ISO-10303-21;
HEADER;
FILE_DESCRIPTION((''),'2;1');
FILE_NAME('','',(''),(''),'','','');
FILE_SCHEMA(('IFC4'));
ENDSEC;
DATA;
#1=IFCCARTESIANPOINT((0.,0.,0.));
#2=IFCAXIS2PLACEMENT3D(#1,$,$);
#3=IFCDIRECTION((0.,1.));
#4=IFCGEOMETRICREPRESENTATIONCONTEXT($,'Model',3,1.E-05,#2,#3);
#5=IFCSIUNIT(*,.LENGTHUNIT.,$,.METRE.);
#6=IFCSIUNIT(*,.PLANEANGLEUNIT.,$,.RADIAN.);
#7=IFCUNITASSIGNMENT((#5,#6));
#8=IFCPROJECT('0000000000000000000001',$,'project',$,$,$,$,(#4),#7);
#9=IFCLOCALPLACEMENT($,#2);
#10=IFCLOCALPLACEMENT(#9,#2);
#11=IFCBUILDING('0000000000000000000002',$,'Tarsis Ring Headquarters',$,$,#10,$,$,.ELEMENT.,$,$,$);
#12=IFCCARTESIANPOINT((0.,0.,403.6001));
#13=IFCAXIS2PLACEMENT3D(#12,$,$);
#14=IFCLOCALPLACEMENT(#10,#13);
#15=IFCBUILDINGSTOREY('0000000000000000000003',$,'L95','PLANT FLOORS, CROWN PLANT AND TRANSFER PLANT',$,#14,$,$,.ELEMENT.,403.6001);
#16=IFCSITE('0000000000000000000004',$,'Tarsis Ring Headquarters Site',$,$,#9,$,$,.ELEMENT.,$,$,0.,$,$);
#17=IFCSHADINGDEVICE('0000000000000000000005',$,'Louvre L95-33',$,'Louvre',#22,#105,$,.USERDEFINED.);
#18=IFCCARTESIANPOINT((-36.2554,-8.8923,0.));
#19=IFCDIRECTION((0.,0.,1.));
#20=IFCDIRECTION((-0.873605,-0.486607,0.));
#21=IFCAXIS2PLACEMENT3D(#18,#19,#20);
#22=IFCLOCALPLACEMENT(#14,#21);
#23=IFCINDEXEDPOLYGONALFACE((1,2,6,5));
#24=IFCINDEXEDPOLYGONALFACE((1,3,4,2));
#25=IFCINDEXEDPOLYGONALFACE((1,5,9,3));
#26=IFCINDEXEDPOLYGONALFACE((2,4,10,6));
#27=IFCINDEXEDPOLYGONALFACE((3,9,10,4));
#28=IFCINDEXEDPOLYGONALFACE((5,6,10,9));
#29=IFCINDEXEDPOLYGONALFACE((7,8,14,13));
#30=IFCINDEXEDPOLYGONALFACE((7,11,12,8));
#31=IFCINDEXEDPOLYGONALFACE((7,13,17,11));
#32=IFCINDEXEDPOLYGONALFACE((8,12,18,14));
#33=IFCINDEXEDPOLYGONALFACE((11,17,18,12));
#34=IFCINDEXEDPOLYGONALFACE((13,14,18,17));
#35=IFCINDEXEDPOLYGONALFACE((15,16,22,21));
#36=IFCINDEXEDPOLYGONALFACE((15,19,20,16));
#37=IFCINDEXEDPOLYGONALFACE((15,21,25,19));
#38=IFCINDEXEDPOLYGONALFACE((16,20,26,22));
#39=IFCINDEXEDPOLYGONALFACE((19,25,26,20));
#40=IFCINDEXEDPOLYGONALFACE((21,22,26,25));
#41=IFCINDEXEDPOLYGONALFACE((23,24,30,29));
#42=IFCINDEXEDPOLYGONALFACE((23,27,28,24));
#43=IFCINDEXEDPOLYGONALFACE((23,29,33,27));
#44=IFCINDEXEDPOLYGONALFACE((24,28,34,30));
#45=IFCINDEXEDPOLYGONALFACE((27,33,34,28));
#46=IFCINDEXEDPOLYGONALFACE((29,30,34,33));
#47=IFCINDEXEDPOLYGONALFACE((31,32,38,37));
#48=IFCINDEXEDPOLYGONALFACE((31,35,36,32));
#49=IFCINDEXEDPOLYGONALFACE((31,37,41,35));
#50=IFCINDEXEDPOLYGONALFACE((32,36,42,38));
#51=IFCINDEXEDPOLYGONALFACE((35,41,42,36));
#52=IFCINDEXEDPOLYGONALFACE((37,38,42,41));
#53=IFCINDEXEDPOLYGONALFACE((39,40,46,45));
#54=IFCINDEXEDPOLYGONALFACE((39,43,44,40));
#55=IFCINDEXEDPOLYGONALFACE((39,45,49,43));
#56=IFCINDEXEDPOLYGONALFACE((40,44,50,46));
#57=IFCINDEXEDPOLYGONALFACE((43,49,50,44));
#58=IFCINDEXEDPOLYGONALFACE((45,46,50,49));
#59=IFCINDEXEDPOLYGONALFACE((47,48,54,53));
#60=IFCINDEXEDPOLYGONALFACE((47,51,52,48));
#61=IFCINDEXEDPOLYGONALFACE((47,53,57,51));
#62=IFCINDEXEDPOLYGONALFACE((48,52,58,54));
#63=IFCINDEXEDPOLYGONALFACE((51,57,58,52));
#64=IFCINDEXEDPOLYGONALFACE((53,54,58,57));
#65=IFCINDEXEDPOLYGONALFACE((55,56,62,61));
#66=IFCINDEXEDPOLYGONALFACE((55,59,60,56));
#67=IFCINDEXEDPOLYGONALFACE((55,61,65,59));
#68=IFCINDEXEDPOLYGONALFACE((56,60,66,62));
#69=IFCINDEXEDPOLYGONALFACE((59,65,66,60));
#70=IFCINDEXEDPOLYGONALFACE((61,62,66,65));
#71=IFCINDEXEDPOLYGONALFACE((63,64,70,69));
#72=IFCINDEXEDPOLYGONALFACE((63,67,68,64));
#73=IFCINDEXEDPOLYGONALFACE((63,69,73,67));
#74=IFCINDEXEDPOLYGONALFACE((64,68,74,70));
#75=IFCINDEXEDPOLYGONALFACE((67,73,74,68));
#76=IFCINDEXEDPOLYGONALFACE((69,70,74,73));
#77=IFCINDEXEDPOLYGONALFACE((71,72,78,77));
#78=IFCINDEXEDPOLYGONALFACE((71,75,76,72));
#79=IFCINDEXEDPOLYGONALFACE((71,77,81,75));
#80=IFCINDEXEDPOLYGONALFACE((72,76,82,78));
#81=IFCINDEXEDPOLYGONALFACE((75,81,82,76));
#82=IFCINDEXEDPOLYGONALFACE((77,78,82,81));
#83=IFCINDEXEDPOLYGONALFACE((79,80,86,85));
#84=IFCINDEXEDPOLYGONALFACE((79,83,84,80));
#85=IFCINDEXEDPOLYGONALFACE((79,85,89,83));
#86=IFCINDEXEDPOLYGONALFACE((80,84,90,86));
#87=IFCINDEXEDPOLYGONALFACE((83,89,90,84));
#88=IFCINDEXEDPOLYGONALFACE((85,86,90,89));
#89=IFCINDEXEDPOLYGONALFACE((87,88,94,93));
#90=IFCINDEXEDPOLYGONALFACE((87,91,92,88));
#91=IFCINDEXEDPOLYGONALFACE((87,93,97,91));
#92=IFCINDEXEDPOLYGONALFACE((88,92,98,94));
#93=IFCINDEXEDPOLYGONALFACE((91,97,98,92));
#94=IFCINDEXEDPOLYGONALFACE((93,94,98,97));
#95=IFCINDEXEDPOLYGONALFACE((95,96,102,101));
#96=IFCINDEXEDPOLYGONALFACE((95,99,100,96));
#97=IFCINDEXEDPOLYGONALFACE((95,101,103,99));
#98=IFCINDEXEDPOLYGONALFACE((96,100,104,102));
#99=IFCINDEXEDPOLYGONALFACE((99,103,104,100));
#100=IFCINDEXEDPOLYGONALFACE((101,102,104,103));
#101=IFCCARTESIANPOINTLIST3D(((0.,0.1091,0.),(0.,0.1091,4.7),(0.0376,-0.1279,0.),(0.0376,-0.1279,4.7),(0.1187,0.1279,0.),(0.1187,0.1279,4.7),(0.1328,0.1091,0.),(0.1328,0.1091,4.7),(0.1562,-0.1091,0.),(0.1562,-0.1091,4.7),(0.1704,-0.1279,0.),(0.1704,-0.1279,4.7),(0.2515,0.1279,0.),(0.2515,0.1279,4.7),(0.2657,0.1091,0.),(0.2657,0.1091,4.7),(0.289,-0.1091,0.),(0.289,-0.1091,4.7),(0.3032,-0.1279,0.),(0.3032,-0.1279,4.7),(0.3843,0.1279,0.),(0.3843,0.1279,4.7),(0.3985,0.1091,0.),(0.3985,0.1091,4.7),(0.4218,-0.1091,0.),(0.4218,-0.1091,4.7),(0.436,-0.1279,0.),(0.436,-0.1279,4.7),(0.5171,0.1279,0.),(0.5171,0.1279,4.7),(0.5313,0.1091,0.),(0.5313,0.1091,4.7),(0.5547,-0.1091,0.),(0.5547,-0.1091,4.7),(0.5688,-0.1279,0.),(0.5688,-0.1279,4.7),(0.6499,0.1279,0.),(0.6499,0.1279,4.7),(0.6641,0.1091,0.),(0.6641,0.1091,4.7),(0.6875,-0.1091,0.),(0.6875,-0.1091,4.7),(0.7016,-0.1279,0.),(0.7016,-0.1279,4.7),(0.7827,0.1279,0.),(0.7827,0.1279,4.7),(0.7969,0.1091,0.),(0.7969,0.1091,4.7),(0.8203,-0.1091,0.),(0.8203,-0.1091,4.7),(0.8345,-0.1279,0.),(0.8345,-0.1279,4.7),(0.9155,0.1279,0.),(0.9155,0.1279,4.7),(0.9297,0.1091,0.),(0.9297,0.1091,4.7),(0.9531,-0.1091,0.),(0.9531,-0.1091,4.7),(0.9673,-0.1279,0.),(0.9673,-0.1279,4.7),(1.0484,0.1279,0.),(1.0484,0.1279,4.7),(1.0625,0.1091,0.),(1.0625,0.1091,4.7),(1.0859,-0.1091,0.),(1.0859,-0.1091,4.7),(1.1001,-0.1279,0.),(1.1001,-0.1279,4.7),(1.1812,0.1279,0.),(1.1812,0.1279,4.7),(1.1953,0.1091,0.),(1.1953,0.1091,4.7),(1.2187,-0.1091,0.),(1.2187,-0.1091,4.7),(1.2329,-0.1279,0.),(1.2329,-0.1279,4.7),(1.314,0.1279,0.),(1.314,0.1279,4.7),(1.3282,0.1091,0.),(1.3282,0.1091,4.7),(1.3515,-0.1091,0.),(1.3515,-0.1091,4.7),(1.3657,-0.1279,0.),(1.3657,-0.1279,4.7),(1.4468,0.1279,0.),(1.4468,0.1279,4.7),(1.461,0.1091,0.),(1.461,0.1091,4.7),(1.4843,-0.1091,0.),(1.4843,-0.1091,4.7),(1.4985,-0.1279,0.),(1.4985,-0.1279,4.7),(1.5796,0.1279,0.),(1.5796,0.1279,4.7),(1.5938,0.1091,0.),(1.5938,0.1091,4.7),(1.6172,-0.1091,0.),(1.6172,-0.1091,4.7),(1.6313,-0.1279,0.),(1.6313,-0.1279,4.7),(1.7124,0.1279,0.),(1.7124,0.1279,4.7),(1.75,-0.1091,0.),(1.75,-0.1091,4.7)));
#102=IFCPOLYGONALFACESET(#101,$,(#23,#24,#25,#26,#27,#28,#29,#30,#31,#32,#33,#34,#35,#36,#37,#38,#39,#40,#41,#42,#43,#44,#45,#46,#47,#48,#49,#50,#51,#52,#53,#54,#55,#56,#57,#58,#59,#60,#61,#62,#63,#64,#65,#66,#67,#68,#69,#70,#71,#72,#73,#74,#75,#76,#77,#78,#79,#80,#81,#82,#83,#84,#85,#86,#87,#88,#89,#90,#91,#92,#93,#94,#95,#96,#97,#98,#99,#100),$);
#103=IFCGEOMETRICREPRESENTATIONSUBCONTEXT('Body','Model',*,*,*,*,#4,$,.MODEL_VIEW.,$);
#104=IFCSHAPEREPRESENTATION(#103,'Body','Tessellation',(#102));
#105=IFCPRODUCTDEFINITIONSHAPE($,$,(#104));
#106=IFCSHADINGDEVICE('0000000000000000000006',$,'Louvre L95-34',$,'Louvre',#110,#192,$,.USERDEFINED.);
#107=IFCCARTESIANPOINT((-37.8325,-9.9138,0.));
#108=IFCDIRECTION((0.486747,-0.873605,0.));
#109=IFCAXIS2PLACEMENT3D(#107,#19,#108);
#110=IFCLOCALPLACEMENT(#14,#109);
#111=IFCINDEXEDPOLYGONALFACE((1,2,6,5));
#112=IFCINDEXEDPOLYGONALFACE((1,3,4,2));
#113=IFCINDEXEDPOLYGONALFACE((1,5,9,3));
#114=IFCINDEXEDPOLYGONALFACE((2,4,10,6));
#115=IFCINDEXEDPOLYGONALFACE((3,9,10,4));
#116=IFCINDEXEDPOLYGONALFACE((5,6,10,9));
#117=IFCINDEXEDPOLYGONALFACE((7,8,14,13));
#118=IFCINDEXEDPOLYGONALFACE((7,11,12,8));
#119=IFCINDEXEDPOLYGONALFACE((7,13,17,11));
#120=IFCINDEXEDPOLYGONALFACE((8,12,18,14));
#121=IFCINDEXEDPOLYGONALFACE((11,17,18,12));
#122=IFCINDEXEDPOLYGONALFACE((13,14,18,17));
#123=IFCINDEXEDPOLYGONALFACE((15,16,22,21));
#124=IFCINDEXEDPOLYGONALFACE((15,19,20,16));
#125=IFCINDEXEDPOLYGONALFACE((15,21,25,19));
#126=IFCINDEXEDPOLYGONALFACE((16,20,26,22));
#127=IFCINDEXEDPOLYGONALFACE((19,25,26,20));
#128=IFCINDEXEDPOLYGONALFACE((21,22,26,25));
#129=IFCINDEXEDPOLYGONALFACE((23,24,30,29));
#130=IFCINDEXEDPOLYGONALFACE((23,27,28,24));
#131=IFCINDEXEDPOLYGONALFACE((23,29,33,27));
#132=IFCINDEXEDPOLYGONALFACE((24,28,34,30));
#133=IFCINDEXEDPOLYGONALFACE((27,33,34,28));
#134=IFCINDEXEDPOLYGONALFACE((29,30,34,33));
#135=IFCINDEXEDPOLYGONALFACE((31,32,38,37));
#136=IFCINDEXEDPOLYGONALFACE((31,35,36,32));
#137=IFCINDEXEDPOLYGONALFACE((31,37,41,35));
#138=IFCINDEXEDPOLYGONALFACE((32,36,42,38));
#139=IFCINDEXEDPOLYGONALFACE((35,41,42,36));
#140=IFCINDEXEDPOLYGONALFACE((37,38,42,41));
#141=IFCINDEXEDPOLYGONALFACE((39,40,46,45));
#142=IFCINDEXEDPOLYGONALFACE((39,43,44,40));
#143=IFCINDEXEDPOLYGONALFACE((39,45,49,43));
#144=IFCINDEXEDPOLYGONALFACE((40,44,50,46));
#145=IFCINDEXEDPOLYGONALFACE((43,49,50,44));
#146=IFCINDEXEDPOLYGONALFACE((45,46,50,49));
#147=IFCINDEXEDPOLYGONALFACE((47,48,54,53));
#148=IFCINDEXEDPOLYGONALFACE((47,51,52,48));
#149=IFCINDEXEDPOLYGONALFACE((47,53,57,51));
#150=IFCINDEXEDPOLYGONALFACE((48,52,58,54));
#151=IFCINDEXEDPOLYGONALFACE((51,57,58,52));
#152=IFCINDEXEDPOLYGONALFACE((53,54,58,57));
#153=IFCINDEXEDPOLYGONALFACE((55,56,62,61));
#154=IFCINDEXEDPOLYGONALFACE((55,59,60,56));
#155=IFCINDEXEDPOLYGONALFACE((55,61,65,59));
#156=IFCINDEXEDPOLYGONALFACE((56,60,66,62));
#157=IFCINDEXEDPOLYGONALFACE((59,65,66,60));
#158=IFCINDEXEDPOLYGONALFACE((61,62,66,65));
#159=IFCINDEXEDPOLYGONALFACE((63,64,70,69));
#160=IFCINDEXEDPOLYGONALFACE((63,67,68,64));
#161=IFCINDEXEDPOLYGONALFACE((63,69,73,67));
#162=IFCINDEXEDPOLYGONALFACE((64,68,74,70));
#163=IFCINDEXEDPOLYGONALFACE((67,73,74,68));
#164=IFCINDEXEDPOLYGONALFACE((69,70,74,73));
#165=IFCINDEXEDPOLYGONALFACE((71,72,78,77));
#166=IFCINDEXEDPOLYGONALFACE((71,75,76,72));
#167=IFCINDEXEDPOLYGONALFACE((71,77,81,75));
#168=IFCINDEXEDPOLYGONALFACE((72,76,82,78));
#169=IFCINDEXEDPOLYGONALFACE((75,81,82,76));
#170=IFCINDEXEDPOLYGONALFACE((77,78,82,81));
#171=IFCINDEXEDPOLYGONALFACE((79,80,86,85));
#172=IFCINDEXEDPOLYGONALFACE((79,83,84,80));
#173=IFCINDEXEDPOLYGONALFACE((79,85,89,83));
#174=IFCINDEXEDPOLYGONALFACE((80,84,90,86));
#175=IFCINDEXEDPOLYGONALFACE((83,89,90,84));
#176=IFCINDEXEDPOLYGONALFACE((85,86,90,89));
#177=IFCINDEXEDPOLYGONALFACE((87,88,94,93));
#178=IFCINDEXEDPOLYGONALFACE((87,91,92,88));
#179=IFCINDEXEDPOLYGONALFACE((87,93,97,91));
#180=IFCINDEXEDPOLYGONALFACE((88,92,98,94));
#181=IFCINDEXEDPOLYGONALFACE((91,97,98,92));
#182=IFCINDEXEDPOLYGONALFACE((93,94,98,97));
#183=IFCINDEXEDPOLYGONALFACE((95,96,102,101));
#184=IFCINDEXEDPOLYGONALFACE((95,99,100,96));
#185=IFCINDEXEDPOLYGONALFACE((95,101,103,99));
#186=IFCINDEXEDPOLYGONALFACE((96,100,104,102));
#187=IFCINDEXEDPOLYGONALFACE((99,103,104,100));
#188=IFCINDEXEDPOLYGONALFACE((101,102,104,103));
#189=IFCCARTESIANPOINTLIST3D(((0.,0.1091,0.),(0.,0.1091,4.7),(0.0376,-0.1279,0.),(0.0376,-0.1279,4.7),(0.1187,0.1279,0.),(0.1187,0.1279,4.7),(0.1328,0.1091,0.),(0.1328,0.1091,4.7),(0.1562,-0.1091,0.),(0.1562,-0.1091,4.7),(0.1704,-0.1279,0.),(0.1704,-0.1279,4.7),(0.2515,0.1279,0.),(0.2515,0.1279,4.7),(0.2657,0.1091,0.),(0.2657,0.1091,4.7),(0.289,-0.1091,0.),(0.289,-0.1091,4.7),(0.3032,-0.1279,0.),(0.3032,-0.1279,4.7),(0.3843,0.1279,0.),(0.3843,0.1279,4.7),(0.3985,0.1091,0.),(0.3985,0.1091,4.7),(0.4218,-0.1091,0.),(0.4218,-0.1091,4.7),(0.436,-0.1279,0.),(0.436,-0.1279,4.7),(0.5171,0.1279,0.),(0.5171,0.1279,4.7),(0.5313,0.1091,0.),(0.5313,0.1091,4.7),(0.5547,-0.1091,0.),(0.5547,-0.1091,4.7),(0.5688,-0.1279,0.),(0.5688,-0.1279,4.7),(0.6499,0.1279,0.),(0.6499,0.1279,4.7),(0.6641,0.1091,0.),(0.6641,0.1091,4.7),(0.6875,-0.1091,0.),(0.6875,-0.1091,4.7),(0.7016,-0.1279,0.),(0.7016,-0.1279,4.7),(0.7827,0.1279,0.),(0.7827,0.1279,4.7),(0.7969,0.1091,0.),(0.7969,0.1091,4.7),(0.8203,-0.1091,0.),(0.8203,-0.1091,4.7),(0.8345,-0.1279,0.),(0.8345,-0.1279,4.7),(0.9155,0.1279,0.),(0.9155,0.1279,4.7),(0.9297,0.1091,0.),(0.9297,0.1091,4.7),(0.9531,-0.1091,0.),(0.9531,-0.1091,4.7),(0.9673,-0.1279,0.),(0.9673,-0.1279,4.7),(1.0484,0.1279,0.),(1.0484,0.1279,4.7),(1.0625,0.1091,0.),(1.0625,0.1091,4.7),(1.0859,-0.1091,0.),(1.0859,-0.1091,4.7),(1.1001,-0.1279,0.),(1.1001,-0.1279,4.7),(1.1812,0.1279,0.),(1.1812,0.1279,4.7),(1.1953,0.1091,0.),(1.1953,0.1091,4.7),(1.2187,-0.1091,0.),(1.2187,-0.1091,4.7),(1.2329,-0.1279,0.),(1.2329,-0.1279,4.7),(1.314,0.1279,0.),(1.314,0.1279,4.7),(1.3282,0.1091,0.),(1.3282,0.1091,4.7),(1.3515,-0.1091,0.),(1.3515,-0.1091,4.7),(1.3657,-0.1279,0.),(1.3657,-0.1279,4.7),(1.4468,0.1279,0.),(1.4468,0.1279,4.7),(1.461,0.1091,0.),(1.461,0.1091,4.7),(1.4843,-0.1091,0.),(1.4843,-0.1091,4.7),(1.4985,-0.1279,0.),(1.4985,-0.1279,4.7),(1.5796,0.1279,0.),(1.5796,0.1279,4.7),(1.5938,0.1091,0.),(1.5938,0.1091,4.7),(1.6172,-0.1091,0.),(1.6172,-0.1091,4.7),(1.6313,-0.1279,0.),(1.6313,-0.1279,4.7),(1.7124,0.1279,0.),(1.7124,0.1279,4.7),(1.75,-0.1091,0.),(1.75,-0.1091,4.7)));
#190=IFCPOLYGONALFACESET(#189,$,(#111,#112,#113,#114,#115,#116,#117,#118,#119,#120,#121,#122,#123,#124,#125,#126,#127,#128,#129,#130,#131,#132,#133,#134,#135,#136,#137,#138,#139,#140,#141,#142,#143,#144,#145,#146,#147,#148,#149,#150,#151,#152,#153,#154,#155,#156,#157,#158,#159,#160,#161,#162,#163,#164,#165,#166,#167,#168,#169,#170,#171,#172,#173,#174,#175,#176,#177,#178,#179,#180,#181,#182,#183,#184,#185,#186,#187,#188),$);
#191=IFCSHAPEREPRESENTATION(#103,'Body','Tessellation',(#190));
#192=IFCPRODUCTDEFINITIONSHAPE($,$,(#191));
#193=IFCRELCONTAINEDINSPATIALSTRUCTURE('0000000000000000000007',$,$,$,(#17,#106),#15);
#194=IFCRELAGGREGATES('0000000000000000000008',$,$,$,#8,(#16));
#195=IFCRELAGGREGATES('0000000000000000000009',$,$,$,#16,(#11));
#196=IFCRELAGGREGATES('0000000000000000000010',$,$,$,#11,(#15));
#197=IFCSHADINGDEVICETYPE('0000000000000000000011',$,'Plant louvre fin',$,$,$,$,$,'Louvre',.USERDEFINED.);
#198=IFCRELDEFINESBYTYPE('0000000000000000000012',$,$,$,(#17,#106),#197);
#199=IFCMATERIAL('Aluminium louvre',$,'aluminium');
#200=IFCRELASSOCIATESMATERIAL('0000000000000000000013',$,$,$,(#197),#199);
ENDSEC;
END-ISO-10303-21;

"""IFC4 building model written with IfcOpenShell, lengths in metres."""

from ifc_helpers import new_model, si_unit, direction, frame, frame_2d, origin, place, context, subcontext, project, spatial, rectangle, composite_profile, extrude, material, type_object, element, save


model = new_model("IFC4")

# Units and contexts
model_context = context("Model", 3, precision=1e-05, world=origin(), true_north=direction((0.0, 1.0)))
body_context = subcontext(model_context, "Body", "Model", "MODEL_VIEW")
ifc_project = project(units=[si_unit("LENGTHUNIT", "METRE"), si_unit("PLANEANGLEUNIT", "RADIAN")], contexts=[model_context])

# Site, building, storey
site_placement = place(None, origin())
site = spatial("IfcSite", under=ifc_project, at=site_placement, Name="Tarsis Ring Headquarters Site", CompositionType="ELEMENT", RefElevation=0.0)
building_placement = place(site_placement, origin())
building = spatial("IfcBuilding", under=site, at=building_placement, Name="Tarsis Ring Headquarters", CompositionType="ELEMENT")
storey_placement = place(building_placement, frame((0.0, 0.0, 403.6001)))
storey = spatial("IfcBuildingStorey", under=building, at=storey_placement, Name="L95", Description="PLANT FLOORS, CROWN PLANT AND TRANSFER PLANT", CompositionType="ELEMENT", Elevation=403.6001)

# Shading devices
ifc_material_1 = material(Name="Aluminium louvre", Category="aluminium")
shading_device_type_1 = type_object("IfcShadingDeviceType", Name="Plant louvre fin", ElementType="Louvre", PredefinedType="USERDEFINED", material=ifc_material_1)
for number, where, z_axis, x_axis, name in (
    (1, (-36.2554, -8.8923, 0.0), (0.0, 0.0, 1.0), (-0.873605, -0.486607, 0.0), "Louvre L95-33"),
    (2, (-37.8325, -9.9138, 0.0), (0.0, 0.0, 1.0), (0.486747, -0.873605, 0.0), "Louvre L95-34"),
):
    element("IfcShadingDevice", number, at=place(storey_placement, frame(where, z_axis=z_axis, x_axis=x_axis)), inside=storey, type_object=shading_device_type_1, Name=name, ObjectType="Louvre", PredefinedType="USERDEFINED", context=body_context, shape_type="SweptSolid", body=[
        extrude(composite_profile([rectangle(XDim=0.1201, YDim=0.24, at=frame_2d((0.0781, 0.0), x_axis=(0.987688, 0.156434))), rectangle(XDim=0.1201, YDim=0.24, at=frame_2d((0.2109, 0.0), x_axis=(0.987688, 0.156434))), rectangle(XDim=0.1201, YDim=0.24, at=frame_2d((0.3438, 0.0), x_axis=(0.987688, 0.156434))), rectangle(XDim=0.1201, YDim=0.24, at=frame_2d((0.4766, 0.0), x_axis=(0.987688, 0.156434))), rectangle(XDim=0.1201, YDim=0.24, at=frame_2d((0.6094, 0.0), x_axis=(0.987688, 0.156434))), rectangle(XDim=0.1201, YDim=0.24, at=frame_2d((0.7422, 0.0), x_axis=(0.987688, 0.156434))), rectangle(XDim=0.1201, YDim=0.24, at=frame_2d((0.875, 0.0), x_axis=(0.987688, 0.156434))), rectangle(XDim=0.1201, YDim=0.24, at=frame_2d((1.0078, 0.0), x_axis=(0.987688, 0.156434))), rectangle(XDim=0.1201, YDim=0.24, at=frame_2d((1.1406, 0.0), x_axis=(0.987688, 0.156434))), rectangle(XDim=0.1201, YDim=0.24, at=frame_2d((1.2734, 0.0), x_axis=(0.987688, 0.156434))), rectangle(XDim=0.1201, YDim=0.24, at=frame_2d((1.4062, 0.0), x_axis=(0.987688, 0.156434))), rectangle(XDim=0.1201, YDim=0.24, at=frame_2d((1.5391, 0.0), x_axis=(0.987688, 0.156434))), rectangle(XDim=0.1201, YDim=0.24, at=frame_2d((1.6719, 0.0), x_axis=(0.987688, 0.156434)))]), origin(), (0.0, 0.0, 1.0), 4.7),
    ])

save(model, "model.ifc")
